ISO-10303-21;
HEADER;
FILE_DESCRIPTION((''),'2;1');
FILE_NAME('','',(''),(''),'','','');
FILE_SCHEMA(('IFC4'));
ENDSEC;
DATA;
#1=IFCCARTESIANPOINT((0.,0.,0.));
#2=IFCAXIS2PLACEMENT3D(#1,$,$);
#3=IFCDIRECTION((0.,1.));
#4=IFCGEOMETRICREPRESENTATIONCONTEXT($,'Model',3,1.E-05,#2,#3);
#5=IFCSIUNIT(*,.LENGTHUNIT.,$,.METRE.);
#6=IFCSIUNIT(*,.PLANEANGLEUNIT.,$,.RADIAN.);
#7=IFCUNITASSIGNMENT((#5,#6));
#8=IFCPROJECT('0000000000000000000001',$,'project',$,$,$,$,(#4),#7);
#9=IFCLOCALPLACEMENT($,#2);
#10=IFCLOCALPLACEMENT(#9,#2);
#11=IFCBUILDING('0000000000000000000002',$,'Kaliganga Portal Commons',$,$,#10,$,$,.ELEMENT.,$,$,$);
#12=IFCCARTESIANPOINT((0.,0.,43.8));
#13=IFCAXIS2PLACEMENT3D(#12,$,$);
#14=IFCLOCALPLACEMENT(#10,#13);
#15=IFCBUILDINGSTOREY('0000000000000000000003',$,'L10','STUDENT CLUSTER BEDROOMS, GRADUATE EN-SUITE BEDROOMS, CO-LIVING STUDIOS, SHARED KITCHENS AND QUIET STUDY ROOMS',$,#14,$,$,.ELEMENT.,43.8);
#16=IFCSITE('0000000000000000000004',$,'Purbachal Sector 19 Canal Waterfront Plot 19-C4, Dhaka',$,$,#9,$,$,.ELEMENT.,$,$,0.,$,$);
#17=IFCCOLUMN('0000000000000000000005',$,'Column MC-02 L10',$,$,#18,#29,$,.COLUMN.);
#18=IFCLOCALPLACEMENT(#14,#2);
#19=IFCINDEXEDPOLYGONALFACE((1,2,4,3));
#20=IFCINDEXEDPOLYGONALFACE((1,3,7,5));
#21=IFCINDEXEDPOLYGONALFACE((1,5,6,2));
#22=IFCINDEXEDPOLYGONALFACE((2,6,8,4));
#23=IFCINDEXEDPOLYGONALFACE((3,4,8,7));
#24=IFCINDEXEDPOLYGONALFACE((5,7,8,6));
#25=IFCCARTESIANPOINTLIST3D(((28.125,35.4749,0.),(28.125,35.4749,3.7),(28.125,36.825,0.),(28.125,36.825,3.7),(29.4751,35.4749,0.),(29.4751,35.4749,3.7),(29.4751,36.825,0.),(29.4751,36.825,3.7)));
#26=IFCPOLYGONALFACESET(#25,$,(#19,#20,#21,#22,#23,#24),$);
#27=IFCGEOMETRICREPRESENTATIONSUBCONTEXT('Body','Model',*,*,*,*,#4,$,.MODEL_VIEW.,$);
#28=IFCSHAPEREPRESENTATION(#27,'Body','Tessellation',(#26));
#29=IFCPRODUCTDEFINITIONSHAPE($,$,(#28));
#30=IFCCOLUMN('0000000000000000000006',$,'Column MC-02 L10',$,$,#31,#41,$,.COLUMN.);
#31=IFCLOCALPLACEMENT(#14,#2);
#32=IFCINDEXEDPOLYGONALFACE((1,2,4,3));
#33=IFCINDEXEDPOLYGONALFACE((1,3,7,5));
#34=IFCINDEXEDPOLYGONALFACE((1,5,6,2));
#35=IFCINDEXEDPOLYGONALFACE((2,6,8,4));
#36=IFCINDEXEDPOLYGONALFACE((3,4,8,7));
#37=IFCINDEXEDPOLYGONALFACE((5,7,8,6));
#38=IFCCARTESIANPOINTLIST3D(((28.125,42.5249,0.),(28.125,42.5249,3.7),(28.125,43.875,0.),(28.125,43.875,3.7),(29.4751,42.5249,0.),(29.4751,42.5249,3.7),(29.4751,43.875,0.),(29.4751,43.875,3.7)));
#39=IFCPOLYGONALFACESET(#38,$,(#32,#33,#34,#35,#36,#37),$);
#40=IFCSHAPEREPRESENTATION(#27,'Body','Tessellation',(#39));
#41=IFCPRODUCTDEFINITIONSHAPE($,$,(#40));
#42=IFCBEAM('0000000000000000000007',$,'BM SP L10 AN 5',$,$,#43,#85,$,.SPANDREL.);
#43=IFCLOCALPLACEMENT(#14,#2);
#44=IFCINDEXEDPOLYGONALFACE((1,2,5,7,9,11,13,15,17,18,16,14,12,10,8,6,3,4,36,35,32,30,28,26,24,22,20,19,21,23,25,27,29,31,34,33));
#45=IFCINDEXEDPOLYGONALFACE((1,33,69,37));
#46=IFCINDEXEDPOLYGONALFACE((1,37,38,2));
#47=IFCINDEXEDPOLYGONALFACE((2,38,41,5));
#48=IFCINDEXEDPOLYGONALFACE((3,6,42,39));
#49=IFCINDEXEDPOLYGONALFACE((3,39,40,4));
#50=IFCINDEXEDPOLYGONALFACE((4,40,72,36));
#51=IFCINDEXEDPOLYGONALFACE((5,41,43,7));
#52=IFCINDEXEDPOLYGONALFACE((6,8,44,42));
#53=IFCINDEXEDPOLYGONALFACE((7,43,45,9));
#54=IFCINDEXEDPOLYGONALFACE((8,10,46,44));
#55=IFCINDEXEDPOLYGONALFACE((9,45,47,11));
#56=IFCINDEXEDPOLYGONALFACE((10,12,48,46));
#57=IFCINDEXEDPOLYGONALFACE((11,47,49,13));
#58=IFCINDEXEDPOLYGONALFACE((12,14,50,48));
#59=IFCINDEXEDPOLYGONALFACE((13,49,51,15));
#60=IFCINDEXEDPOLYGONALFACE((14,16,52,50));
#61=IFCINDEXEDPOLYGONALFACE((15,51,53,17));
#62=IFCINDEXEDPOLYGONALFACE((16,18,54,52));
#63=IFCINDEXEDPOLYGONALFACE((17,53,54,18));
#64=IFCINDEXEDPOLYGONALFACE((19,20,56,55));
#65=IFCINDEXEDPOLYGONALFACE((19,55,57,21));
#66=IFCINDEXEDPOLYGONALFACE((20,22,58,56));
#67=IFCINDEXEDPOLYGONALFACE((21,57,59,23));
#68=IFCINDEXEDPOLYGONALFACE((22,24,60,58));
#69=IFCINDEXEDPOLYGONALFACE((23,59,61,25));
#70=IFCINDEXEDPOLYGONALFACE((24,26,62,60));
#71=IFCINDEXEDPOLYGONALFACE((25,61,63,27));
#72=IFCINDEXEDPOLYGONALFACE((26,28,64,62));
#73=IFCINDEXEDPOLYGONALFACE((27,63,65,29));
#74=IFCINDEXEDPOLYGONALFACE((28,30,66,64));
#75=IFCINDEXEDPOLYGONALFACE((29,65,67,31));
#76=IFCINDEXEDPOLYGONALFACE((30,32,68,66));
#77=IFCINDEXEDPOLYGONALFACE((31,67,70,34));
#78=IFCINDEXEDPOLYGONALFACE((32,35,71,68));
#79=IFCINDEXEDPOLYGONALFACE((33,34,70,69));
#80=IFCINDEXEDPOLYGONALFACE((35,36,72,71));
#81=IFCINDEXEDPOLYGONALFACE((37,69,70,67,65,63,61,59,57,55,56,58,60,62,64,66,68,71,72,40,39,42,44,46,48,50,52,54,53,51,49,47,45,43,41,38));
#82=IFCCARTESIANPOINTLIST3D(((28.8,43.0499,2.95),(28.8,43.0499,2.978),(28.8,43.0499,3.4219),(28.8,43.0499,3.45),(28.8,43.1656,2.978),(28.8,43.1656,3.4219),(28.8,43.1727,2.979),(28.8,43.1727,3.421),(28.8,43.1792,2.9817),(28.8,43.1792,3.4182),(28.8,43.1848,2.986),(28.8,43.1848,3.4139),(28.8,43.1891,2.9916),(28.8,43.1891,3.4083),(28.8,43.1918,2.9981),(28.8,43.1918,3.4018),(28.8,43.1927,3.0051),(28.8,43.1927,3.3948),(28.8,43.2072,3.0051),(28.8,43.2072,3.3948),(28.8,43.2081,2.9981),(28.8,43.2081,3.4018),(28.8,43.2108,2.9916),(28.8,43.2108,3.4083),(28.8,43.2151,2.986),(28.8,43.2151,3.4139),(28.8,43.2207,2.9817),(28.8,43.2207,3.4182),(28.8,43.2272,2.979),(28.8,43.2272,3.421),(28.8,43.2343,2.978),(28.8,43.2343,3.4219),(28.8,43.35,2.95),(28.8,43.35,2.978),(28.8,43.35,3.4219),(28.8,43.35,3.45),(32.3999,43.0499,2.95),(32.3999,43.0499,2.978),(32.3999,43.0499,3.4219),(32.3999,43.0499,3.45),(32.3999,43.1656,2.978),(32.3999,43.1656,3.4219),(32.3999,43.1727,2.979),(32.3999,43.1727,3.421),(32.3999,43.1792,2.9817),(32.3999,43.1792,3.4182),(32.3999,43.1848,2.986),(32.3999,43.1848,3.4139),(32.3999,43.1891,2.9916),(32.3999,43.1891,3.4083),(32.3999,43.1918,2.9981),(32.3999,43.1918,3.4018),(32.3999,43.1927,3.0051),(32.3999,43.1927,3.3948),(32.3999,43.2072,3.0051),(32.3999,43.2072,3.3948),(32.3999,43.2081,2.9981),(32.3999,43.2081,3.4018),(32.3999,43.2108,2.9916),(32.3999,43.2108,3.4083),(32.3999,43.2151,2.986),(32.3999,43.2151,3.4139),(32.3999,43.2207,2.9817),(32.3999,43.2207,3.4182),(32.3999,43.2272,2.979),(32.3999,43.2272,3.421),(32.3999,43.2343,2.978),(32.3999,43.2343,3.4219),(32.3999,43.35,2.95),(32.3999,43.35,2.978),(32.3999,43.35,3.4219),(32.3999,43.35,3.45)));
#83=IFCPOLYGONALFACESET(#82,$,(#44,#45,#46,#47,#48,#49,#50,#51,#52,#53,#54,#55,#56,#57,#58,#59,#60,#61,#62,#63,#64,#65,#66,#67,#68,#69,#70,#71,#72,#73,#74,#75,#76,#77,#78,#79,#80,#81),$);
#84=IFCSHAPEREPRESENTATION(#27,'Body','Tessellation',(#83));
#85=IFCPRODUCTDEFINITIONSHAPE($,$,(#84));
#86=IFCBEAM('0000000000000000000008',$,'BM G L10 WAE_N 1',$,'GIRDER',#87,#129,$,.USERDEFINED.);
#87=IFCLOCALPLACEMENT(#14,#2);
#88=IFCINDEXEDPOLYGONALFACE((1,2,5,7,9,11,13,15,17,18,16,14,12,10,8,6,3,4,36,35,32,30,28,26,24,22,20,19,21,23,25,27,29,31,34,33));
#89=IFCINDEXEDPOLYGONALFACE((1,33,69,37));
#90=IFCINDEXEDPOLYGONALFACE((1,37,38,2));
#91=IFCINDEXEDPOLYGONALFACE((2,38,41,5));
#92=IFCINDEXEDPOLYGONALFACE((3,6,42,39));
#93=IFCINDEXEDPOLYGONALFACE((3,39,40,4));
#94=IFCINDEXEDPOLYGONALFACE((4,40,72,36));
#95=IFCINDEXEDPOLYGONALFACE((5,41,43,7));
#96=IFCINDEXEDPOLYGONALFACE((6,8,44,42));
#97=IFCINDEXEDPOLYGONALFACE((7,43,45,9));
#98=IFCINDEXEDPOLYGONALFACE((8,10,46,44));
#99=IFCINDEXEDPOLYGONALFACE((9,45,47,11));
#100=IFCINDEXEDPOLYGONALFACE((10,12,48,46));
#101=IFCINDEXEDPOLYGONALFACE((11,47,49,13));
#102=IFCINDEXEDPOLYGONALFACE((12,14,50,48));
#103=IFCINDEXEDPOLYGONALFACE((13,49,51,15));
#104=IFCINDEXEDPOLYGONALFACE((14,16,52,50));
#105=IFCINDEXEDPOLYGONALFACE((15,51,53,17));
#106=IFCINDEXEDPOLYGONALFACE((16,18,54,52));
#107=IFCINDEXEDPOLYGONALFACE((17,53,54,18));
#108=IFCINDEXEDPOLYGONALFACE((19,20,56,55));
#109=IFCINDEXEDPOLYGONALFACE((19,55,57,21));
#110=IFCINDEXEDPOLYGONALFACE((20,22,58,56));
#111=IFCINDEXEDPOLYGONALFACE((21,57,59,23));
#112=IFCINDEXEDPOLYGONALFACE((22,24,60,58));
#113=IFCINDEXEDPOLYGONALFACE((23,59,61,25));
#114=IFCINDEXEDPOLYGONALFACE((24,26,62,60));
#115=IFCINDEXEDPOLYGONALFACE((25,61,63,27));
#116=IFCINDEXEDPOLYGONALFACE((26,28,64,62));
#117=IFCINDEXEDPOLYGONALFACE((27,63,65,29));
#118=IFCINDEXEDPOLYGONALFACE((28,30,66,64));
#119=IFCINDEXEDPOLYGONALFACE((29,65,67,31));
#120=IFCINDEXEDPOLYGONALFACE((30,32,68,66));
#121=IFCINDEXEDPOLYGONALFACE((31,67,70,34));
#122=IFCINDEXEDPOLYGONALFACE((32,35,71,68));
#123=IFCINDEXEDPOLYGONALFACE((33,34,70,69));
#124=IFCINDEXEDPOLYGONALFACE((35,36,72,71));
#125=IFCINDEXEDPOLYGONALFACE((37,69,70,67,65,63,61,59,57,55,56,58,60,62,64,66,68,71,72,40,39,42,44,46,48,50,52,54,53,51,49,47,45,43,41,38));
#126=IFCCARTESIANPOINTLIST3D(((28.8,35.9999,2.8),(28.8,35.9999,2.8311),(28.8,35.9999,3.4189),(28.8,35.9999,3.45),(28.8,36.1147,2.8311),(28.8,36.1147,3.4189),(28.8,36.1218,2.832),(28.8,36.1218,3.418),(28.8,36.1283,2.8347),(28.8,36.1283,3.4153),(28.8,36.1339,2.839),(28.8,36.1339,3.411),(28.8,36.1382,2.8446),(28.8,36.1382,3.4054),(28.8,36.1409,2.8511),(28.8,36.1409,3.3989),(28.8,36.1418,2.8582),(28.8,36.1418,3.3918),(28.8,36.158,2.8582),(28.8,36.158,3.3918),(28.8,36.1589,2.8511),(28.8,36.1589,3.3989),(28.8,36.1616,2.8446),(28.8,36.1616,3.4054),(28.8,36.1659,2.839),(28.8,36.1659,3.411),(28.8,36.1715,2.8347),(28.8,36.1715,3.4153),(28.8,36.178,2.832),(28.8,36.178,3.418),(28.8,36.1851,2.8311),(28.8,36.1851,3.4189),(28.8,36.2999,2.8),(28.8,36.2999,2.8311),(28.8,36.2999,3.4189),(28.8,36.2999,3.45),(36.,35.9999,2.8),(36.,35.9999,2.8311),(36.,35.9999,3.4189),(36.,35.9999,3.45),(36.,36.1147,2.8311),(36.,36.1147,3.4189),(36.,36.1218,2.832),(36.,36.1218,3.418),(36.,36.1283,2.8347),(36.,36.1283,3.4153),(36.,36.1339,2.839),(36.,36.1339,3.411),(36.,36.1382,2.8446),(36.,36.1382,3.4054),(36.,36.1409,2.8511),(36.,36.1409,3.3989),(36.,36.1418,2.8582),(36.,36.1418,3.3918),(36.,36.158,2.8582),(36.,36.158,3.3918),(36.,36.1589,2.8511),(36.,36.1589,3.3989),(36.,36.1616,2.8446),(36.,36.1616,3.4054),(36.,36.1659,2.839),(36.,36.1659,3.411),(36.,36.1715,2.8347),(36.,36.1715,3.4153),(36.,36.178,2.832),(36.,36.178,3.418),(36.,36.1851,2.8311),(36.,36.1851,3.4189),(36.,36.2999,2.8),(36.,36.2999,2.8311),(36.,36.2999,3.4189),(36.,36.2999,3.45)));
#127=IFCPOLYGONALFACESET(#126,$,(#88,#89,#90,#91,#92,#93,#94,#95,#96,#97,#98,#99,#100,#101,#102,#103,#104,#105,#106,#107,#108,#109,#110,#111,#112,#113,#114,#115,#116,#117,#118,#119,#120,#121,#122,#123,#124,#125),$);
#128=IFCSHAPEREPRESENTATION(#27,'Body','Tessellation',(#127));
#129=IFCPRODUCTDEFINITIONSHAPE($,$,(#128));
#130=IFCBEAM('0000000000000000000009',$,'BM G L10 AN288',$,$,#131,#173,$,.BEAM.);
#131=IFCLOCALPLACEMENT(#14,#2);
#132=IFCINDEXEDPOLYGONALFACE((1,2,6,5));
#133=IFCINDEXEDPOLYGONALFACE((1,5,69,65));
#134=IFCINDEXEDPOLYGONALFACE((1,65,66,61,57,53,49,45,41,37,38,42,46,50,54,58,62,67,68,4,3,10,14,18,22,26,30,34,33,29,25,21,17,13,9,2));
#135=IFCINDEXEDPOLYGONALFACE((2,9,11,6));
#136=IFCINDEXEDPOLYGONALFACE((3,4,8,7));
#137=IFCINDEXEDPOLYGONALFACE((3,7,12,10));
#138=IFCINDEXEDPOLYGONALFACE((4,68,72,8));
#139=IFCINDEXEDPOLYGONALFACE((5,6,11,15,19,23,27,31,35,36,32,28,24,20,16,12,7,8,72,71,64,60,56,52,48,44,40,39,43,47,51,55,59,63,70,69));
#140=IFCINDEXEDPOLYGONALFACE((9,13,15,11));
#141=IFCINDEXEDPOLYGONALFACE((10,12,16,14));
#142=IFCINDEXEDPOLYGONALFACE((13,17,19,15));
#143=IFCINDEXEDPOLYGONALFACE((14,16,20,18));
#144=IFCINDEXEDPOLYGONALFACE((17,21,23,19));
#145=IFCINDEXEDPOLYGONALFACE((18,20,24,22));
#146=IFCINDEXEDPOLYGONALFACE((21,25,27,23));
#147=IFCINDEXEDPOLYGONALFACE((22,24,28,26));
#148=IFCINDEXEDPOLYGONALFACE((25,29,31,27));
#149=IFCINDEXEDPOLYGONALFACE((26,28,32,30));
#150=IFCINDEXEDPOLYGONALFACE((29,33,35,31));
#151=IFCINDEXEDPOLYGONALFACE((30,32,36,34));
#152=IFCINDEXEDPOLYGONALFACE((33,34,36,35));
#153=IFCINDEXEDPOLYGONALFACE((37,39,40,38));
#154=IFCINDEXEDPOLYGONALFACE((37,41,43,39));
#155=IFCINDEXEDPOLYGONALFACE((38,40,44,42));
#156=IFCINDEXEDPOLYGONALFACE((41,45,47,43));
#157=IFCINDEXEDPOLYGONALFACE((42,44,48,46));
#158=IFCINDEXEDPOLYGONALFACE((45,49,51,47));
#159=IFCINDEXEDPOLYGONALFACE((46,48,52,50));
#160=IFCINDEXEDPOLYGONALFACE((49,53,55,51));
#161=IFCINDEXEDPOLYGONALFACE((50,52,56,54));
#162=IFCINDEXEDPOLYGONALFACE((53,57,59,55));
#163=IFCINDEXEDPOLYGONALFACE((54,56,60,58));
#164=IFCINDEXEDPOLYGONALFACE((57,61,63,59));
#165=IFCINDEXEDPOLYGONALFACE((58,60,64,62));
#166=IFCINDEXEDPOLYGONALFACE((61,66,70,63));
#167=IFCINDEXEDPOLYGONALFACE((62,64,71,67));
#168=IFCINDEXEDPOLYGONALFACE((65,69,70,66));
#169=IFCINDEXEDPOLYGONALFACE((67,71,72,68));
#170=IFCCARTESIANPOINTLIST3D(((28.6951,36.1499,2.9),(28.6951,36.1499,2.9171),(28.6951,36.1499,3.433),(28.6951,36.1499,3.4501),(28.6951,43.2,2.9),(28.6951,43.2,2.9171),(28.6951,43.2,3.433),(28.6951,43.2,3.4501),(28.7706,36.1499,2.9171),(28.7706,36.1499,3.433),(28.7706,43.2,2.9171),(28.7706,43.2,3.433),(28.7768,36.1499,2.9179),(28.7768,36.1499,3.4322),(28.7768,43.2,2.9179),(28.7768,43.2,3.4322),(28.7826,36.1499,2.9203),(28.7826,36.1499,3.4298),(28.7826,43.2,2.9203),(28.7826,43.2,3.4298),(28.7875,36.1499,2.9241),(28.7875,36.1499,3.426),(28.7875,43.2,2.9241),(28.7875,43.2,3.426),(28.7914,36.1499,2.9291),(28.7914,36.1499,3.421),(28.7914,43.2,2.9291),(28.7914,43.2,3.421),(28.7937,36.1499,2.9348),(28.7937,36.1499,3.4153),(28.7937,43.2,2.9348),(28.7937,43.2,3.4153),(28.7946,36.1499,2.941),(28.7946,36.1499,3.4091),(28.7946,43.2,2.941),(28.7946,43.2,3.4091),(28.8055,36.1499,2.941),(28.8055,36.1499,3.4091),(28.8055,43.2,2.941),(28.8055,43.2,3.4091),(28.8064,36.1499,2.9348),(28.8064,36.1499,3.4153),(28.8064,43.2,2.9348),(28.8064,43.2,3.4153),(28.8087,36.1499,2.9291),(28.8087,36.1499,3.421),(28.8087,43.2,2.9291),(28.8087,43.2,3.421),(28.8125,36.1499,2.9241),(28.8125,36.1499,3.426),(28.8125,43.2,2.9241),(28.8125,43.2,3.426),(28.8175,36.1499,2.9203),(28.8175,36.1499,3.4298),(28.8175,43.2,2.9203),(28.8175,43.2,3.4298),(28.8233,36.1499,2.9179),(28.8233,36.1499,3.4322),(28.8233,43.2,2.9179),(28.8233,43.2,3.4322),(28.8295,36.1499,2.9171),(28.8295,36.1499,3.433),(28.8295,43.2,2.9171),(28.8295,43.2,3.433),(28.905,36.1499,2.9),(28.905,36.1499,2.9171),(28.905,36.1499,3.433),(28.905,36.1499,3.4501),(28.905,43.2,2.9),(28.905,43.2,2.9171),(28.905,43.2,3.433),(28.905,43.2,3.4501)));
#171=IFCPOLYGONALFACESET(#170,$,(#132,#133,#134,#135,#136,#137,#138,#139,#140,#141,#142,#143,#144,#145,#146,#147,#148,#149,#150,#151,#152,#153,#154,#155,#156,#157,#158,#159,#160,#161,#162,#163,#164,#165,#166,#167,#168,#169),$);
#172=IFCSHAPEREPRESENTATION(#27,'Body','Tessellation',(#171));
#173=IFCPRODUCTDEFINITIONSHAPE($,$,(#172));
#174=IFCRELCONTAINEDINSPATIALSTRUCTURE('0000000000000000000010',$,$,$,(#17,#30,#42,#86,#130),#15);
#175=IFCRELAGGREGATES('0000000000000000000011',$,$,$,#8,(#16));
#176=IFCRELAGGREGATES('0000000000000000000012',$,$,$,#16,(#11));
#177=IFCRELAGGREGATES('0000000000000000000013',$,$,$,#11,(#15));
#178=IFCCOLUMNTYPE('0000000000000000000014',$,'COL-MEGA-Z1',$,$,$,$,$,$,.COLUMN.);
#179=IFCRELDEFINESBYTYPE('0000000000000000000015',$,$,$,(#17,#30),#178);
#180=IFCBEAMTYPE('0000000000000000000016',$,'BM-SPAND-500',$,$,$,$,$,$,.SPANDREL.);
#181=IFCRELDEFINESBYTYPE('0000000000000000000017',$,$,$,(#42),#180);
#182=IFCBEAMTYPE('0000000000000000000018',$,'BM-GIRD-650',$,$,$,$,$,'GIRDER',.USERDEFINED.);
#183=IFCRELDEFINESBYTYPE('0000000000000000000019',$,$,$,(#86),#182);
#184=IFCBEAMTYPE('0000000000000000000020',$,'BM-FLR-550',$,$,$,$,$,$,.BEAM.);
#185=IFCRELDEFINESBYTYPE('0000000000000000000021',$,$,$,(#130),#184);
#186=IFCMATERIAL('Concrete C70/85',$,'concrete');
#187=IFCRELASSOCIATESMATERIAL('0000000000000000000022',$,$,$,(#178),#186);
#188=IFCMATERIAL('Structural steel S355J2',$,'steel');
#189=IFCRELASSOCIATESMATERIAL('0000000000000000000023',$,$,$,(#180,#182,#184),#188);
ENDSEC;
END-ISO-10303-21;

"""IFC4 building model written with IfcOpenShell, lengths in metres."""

from ifc_helpers import new_model, si_unit, direction, frame, origin, origin_2d, place, context, subcontext, project, spatial, rectangle, i_section, extrude, source, transform, mapped, material, material_profile, profile_set, type_object, element, save


model = new_model("IFC4")

# Units and contexts
model_context = context("Model", 3, precision=1e-05, world=origin(), true_north=direction((0.0, 1.0)))
body_context = subcontext(model_context, "Body", "Model", "MODEL_VIEW")
ifc_project = project(units=[si_unit("LENGTHUNIT", "METRE"), si_unit("PLANEANGLEUNIT", "RADIAN")], contexts=[model_context])

# Site, building, storey
site_placement = place(None, origin())
site = spatial("IfcSite", under=ifc_project, at=site_placement, Name="Purbachal Sector 19 Canal Waterfront Plot 19-C4, Dhaka", CompositionType="ELEMENT", RefElevation=0.0)
building_placement = place(site_placement, origin())
building = spatial("IfcBuilding", under=site, at=building_placement, Name="Kaliganga Portal Commons", CompositionType="ELEMENT")
storey_placement = place(building_placement, frame((0.0, 0.0, 43.8)))
storey = spatial("IfcBuildingStorey", under=building, at=storey_placement, Name="L10", Description="STUDENT CLUSTER BEDROOMS, GRADUATE EN-SUITE BEDROOMS, CO-LIVING STUDIOS, SHARED KITCHENS AND QUIET STUDY ROOMS", CompositionType="ELEMENT", Elevation=43.8)

# Columns
ifc_material_1 = material(Name="Concrete C70/85", Category="concrete")
ifc_material_profile_1 = material_profile(ifc_material_1, rectangle(XDim=1.3501, YDim=1.3501, at=origin_2d()), Name="RC 1350x1350")
ifc_profile_set_1 = profile_set([ifc_material_profile_1], Name="Concrete C70/85")
column_type = type_object("IfcColumnType", Name="COL-MEGA-Z1", PredefinedType="COLUMN", material=ifc_profile_set_1)
shared_shape_1 = source(origin(), body_context, "Body", "SweptSolid", [
    extrude(rectangle(XDim=1.3501, YDim=1.3501, at=origin_2d()), origin(), (0.0, 0.0, 1.0), 3.7),
])
for number, where, z_axis, x_axis, name in (
    (1, (28.8, 36.1499, 0.0), (0.0, 0.0, 1.0), (1.0, 0.0, 0.0), "Column MC-02 L10"),
    (2, (28.8, 43.2, 0.0), (0.0, 0.0, 1.0), (1.0, 0.0, 0.0), "Column MC-02 L10"),
):
    element("IfcColumn", number, at=place(storey_placement, frame(where, z_axis=z_axis, x_axis=x_axis)), inside=storey, type_object=column_type, Name=name, PredefinedType="COLUMN", context=body_context, shape_type="MappedRepresentation", body=[
        mapped(shared_shape_1, transform((0.0, 0.0, 0.0), x_axis=(1.0, 0.0, 0.0), y_axis=(0.0, 1.0, 0.0), z_axis=(0.0, 0.0, 1.0), scale=1.0)),
    ])

# Beams
ifc_material_2 = material(Name="Structural steel S355J2", Category="steel")
ifc_material_profile_2 = material_profile(ifc_material_2, i_section(OverallWidth=0.3, OverallDepth=0.5, WebThickness=0.0144, FlangeThickness=0.0281, FilletRadius=0.0271, at=origin_2d()), Name="HE 500 B")
ifc_profile_set_2 = profile_set([ifc_material_profile_2], Name="Structural steel S355J2 wide-flange")
beam_type_1 = type_object("IfcBeamType", Name="BM-SPAND-500", PredefinedType="SPANDREL", material=ifc_profile_set_2)
shared_shape_2 = source(origin(), body_context, "Body", "SweptSolid", [
    extrude(i_section(OverallWidth=0.3, OverallDepth=0.5, WebThickness=0.0144, FlangeThickness=0.0281, FilletRadius=0.0271, at=origin_2d()), origin(), (0.0, 0.0, 1.0), 3.5999),
])
beam_1_placement = place(storey_placement, frame((28.8, 43.2, 3.2), z_axis=(1.0, 0.0, 0.0), x_axis=(0.0, 1.0, 0.0)))
element("IfcBeam", 3, at=beam_1_placement, inside=storey, type_object=beam_type_1, Name="BM SP L10 AN 5", PredefinedType="SPANDREL", context=body_context, shape_type="MappedRepresentation", body=[
    mapped(shared_shape_2, transform((0.0, 0.0, 0.0), x_axis=(1.0, 0.0, 0.0), y_axis=(0.0, 1.0, 0.0), z_axis=(0.0, 0.0, 1.0), scale=1.0)),
])
ifc_material_profile_3 = material_profile(ifc_material_2, i_section(OverallWidth=0.3, OverallDepth=0.6499, WebThickness=0.0161, FlangeThickness=0.031, FilletRadius=0.0271, at=origin_2d()), Name="HE 650 B")
ifc_profile_set_3 = profile_set([ifc_material_profile_3], Name="Structural steel S355J2 wide-flange")
beam_type_2 = type_object("IfcBeamType", Name="BM-GIRD-650", ElementType="GIRDER", PredefinedType="USERDEFINED", material=ifc_profile_set_3)
shared_shape_3 = source(origin(), body_context, "Body", "SweptSolid", [
    extrude(i_section(OverallWidth=0.3, OverallDepth=0.6499, WebThickness=0.0161, FlangeThickness=0.031, FilletRadius=0.0271, at=origin_2d()), origin(), (0.0, 0.0, 1.0), 7.2),
])
beam_2_placement = place(storey_placement, frame((28.8, 36.1499, 3.125), z_axis=(1.0, 0.0, 0.0), x_axis=(0.0, 1.0, 0.0)))
element("IfcBeam", 4, at=beam_2_placement, inside=storey, type_object=beam_type_2, Name="BM G L10 WAE_N 1", ObjectType="GIRDER", PredefinedType="USERDEFINED", context=body_context, shape_type="MappedRepresentation", body=[
    mapped(shared_shape_3, transform((0.0, 0.0, 0.0), x_axis=(1.0, 0.0, 0.0), y_axis=(0.0, 1.0, 0.0), z_axis=(0.0, 0.0, 1.0), scale=1.0)),
])
ifc_material_profile_4 = material_profile(ifc_material_2, i_section(OverallWidth=0.21, OverallDepth=0.55, WebThickness=0.011, FlangeThickness=0.0171, FilletRadius=0.0239, at=origin_2d()), Name="IPE 550")
ifc_profile_set_4 = profile_set([ifc_material_profile_4], Name="Structural steel S355J2 wide-flange")
beam_type_3 = type_object("IfcBeamType", Name="BM-FLR-550", PredefinedType="BEAM", material=ifc_profile_set_4)
shared_shape_4 = source(origin(), body_context, "Body", "SweptSolid", [
    extrude(i_section(OverallWidth=0.21, OverallDepth=0.55, WebThickness=0.011, FlangeThickness=0.0171, FilletRadius=0.0239, at=origin_2d()), origin(), (0.0, 0.0, 1.0), 7.05),
])
beam_3_placement = place(storey_placement, frame((28.8, 36.1499, 3.175), z_axis=(0.0, 1.0, 0.0), x_axis=(-1.0, 0.0, 0.0)))
element("IfcBeam", 5, at=beam_3_placement, inside=storey, type_object=beam_type_3, Name="BM G L10 AN288", PredefinedType="BEAM", context=body_context, shape_type="MappedRepresentation", body=[
    mapped(shared_shape_4, transform((0.0, 0.0, 0.0), x_axis=(1.0, 0.0, 0.0), y_axis=(0.0, 1.0, 0.0), z_axis=(0.0, 0.0, 1.0), scale=1.0)),
])

save(model, "model.ifc")
